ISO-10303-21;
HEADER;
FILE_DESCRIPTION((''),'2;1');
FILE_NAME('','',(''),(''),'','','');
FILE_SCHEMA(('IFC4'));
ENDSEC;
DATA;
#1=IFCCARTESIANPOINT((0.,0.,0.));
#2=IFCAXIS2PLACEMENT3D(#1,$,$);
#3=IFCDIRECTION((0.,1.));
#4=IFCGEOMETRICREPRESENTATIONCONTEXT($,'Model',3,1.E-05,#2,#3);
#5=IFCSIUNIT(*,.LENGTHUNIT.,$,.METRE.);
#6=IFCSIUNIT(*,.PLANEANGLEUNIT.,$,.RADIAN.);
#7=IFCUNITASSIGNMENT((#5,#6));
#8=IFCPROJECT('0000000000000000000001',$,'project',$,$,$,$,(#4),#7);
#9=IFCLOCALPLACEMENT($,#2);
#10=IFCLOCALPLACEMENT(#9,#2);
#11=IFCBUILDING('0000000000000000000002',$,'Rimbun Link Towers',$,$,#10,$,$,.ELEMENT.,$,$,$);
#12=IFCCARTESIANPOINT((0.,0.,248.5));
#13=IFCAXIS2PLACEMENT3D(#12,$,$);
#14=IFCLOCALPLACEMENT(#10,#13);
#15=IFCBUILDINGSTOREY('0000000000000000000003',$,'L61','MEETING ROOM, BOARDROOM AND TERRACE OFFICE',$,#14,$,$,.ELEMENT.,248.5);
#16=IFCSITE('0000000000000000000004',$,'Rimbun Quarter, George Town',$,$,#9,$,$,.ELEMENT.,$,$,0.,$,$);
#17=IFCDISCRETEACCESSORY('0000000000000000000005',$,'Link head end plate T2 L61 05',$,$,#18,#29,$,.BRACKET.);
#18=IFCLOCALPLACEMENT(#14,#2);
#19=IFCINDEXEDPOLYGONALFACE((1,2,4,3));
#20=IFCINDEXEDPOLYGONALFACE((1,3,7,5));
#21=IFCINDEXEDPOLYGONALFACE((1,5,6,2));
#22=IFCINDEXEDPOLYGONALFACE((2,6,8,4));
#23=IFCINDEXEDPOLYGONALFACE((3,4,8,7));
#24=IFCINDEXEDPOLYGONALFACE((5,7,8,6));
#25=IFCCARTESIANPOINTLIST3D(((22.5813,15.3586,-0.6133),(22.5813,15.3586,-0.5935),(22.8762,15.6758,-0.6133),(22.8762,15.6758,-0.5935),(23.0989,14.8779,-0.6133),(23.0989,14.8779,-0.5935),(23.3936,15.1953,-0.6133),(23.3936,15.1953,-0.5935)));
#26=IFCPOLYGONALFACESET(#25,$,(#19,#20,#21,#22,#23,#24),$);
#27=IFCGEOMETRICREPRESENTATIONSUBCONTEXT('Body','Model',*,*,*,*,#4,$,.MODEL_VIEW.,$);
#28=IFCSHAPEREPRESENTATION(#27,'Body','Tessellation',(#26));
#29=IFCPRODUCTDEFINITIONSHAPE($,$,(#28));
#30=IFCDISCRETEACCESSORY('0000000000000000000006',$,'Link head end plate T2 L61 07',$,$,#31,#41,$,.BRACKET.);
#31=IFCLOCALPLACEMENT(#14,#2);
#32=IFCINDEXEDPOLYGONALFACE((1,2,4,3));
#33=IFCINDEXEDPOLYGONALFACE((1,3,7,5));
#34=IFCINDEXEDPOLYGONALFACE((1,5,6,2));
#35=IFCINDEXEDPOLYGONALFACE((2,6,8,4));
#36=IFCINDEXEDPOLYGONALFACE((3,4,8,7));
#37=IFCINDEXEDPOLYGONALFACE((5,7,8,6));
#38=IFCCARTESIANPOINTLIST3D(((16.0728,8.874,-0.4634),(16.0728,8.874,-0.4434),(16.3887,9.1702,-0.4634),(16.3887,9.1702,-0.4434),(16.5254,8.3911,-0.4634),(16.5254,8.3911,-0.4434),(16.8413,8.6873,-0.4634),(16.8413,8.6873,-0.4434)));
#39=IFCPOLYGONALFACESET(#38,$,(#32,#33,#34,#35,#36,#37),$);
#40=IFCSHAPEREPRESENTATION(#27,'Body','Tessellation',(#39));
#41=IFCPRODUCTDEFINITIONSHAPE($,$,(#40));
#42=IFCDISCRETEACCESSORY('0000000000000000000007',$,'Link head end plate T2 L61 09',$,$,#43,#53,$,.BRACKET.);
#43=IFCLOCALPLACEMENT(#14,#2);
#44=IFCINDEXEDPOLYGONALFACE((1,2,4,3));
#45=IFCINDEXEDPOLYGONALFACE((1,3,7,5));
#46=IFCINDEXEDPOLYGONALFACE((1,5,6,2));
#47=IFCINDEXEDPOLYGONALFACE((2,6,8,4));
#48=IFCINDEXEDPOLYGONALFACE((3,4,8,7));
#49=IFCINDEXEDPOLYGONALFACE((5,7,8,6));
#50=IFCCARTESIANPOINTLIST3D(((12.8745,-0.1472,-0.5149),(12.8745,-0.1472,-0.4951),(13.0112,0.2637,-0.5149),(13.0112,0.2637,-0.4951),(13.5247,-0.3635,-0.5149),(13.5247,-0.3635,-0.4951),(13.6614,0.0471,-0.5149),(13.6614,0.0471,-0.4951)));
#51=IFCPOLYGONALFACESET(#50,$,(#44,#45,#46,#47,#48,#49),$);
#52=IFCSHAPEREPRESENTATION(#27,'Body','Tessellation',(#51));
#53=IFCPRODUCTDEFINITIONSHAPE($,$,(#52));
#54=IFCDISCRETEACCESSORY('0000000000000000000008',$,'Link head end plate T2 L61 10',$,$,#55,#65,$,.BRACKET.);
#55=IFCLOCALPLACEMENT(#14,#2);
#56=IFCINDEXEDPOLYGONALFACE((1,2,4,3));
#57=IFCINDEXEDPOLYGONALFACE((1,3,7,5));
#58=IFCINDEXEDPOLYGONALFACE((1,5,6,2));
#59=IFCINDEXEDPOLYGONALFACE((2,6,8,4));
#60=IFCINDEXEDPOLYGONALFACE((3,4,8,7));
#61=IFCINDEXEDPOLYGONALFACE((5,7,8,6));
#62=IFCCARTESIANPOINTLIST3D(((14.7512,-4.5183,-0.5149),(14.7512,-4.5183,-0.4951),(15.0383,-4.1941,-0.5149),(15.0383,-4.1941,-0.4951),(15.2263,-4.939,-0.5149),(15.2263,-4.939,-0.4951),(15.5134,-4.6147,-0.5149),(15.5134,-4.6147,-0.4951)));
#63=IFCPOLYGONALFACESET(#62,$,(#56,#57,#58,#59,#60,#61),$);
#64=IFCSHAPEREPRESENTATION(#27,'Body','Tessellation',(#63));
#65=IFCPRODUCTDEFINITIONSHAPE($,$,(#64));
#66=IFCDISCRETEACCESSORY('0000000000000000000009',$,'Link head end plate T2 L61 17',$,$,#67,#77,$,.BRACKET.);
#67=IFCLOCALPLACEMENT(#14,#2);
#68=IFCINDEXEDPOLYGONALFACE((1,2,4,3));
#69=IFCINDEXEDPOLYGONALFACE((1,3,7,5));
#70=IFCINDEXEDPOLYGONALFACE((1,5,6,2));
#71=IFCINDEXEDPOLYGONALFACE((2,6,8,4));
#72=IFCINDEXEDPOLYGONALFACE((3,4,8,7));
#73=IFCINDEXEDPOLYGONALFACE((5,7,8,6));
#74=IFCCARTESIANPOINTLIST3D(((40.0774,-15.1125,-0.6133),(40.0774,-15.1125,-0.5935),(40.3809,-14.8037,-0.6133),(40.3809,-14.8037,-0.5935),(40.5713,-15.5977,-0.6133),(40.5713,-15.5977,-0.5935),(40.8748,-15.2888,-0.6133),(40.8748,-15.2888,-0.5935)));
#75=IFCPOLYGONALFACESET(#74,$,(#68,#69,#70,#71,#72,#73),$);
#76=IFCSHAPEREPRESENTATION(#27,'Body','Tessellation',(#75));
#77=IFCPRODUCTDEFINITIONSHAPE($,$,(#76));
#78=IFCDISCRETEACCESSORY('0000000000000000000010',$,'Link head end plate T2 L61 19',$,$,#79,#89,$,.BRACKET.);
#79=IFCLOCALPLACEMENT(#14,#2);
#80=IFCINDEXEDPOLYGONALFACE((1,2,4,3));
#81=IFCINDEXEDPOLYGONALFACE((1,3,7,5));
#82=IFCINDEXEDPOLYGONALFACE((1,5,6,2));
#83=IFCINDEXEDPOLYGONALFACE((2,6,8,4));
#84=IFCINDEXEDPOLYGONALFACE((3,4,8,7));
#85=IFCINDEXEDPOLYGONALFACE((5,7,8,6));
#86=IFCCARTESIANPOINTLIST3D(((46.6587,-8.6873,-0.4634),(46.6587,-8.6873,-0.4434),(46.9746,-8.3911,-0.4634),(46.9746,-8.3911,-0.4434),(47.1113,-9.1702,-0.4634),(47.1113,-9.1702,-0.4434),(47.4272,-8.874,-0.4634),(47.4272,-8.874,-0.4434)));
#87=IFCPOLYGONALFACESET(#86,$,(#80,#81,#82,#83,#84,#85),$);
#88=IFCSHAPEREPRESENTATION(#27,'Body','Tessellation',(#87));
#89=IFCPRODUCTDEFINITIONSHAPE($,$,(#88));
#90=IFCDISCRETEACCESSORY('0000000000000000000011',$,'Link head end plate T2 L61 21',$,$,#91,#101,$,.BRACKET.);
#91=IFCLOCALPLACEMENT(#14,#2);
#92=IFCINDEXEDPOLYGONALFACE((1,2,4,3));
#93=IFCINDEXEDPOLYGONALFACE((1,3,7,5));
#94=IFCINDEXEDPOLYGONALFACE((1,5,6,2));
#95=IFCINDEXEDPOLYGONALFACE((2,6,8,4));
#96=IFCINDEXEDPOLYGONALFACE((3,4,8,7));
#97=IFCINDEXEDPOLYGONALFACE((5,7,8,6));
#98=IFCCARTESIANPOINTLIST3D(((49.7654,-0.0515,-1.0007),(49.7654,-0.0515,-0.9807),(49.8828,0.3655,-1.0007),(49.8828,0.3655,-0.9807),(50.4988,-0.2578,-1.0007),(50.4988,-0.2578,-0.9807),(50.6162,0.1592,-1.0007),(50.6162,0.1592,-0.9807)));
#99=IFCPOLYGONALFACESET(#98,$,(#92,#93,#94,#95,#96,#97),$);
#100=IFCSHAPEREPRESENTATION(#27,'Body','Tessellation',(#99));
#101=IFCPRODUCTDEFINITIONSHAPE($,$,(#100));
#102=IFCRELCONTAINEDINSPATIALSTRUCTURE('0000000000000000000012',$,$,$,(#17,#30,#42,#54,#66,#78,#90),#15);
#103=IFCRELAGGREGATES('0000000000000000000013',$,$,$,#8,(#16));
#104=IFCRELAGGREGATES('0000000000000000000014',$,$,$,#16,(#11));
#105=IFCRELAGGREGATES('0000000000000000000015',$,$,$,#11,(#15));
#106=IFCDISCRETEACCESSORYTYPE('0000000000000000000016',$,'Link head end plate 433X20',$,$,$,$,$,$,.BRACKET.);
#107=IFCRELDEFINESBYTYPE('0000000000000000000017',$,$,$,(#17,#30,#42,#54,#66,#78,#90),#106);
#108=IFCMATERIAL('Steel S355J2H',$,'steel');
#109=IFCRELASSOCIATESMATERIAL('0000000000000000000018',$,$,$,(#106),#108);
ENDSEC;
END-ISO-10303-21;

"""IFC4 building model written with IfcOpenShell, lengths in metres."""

from ifc_helpers import new_model, si_unit, direction, frame, origin, origin_2d, place, context, subcontext, project, spatial, polyline, rectangle, outline, extrude, material, material_profile, profile_set, type_object, element, save


model = new_model("IFC4")

# Units and contexts
model_context = context("Model", 3, precision=1e-05, world=origin(), true_north=direction((0.0, 1.0)))
body_context = subcontext(model_context, "Body", "Model", "MODEL_VIEW")
ifc_project = project(units=[si_unit("LENGTHUNIT", "METRE"), si_unit("PLANEANGLEUNIT", "RADIAN")], contexts=[model_context])

# Site, building, storey
site_placement = place(None, origin())
site = spatial("IfcSite", under=ifc_project, at=site_placement, Name="Rimbun Quarter, George Town", CompositionType="ELEMENT", RefElevation=0.0)
building_placement = place(site_placement, origin())
building = spatial("IfcBuilding", under=site, at=building_placement, Name="Rimbun Link Towers", CompositionType="ELEMENT")
storey_placement = place(building_placement, frame((0.0, 0.0, 248.5)))
storey = spatial("IfcBuildingStorey", under=building, at=storey_placement, Name="L61", Description="MEETING ROOM, BOARDROOM AND TERRACE OFFICE", CompositionType="ELEMENT", Elevation=248.5)

# Discrete accessories
ifc_material_1 = material(Name="Steel S355J2H", Category="steel")
ifc_material_profile_1 = material_profile(ifc_material_1, rectangle(XDim=0.4331, YDim=0.4331, at=origin_2d()), Name="PL 433x433")
ifc_profile_set_1 = profile_set([ifc_material_profile_1], Name="Steel S355J2H")
discrete_accessory_type_1 = type_object("IfcDiscreteAccessoryType", Name="Link head end plate 433X20", PredefinedType="BRACKET", material=ifc_profile_set_1)
discrete_accessory_1_placement = place(storey_placement, frame((0.0, 0.0, -0.6133)))
element("IfcDiscreteAccessory", 1, at=discrete_accessory_1_placement, inside=storey, type_object=discrete_accessory_type_1, Name="Link head end plate T2 L61 05", PredefinedType="BRACKET", context=body_context, shape_type="SweptSolid", body=[
    extrude(outline(polyline([(23.3936, 15.1953), (22.8762, 15.6758), (22.5813, 15.3586), (23.0989, 14.8779), (23.3936, 15.1953)])), origin(), (0.0, 0.0, 1.0), 0.0198),
])
discrete_accessory_2_placement = place(storey_placement, frame((0.0, 0.0, -0.4634)))
element("IfcDiscreteAccessory", 2, at=discrete_accessory_2_placement, inside=storey, type_object=discrete_accessory_type_1, Name="Link head end plate T2 L61 07", PredefinedType="BRACKET", context=body_context, shape_type="SweptSolid", body=[
    extrude(outline(polyline([(16.8413, 8.6873), (16.3887, 9.1702), (16.0728, 8.874), (16.5254, 8.3911), (16.8413, 8.6873)])), origin(), (0.0, 0.0, 1.0), 0.02),
])
discrete_accessory_3_placement = place(storey_placement, frame((0.0, 0.0, -0.5149)))
element("IfcDiscreteAccessory", 3, at=discrete_accessory_3_placement, inside=storey, type_object=discrete_accessory_type_1, Name="Link head end plate T2 L61 09", PredefinedType="BRACKET", context=body_context, shape_type="SweptSolid", body=[
    extrude(outline(polyline([(13.6614, 0.0471), (13.0112, 0.2637), (12.8745, -0.1472), (13.5247, -0.3635), (13.6614, 0.0471)])), origin(), (0.0, 0.0, 1.0), 0.0198),
])
discrete_accessory_4_placement = place(storey_placement, frame((0.0, 0.0, -0.5149)))
element("IfcDiscreteAccessory", 4, at=discrete_accessory_4_placement, inside=storey, type_object=discrete_accessory_type_1, Name="Link head end plate T2 L61 10", PredefinedType="BRACKET", context=body_context, shape_type="SweptSolid", body=[
    extrude(outline(polyline([(15.5134, -4.6147), (15.0383, -4.1941), (14.7512, -4.5183), (15.2263, -4.939), (15.5134, -4.6147)])), origin(), (0.0, 0.0, 1.0), 0.0198),
])
discrete_accessory_5_placement = place(storey_placement, frame((0.0, 0.0, -0.6133)))
element("IfcDiscreteAccessory", 5, at=discrete_accessory_5_placement, inside=storey, type_object=discrete_accessory_type_1, Name="Link head end plate T2 L61 17", PredefinedType="BRACKET", context=body_context, shape_type="SweptSolid", body=[
    extrude(outline(polyline([(40.0774, -15.1125), (40.5713, -15.5977), (40.8748, -15.2888), (40.3809, -14.8037), (40.0774, -15.1125)])), origin(), (0.0, 0.0, 1.0), 0.0198),
])
discrete_accessory_6_placement = place(storey_placement, frame((0.0, 0.0, -0.4634)))
element("IfcDiscreteAccessory", 6, at=discrete_accessory_6_placement, inside=storey, type_object=discrete_accessory_type_1, Name="Link head end plate T2 L61 19", PredefinedType="BRACKET", context=body_context, shape_type="SweptSolid", body=[
    extrude(outline(polyline([(46.6587, -8.6873), (47.1113, -9.1702), (47.4272, -8.874), (46.9746, -8.3911), (46.6587, -8.6873)])), origin(), (0.0, 0.0, 1.0), 0.02),
])
discrete_accessory_7_placement = place(storey_placement, frame((0.0, 0.0, -1.0007)))
element("IfcDiscreteAccessory", 7, at=discrete_accessory_7_placement, inside=storey, type_object=discrete_accessory_type_1, Name="Link head end plate T2 L61 21", PredefinedType="BRACKET", context=body_context, shape_type="SweptSolid", body=[
    extrude(outline(polyline([(49.7654, -0.0515), (50.4988, -0.2578), (50.6162, 0.1592), (49.8828, 0.3655), (49.7654, -0.0515)])), origin(), (0.0, 0.0, 1.0), 0.02),
])

save(model, "model.ifc")
